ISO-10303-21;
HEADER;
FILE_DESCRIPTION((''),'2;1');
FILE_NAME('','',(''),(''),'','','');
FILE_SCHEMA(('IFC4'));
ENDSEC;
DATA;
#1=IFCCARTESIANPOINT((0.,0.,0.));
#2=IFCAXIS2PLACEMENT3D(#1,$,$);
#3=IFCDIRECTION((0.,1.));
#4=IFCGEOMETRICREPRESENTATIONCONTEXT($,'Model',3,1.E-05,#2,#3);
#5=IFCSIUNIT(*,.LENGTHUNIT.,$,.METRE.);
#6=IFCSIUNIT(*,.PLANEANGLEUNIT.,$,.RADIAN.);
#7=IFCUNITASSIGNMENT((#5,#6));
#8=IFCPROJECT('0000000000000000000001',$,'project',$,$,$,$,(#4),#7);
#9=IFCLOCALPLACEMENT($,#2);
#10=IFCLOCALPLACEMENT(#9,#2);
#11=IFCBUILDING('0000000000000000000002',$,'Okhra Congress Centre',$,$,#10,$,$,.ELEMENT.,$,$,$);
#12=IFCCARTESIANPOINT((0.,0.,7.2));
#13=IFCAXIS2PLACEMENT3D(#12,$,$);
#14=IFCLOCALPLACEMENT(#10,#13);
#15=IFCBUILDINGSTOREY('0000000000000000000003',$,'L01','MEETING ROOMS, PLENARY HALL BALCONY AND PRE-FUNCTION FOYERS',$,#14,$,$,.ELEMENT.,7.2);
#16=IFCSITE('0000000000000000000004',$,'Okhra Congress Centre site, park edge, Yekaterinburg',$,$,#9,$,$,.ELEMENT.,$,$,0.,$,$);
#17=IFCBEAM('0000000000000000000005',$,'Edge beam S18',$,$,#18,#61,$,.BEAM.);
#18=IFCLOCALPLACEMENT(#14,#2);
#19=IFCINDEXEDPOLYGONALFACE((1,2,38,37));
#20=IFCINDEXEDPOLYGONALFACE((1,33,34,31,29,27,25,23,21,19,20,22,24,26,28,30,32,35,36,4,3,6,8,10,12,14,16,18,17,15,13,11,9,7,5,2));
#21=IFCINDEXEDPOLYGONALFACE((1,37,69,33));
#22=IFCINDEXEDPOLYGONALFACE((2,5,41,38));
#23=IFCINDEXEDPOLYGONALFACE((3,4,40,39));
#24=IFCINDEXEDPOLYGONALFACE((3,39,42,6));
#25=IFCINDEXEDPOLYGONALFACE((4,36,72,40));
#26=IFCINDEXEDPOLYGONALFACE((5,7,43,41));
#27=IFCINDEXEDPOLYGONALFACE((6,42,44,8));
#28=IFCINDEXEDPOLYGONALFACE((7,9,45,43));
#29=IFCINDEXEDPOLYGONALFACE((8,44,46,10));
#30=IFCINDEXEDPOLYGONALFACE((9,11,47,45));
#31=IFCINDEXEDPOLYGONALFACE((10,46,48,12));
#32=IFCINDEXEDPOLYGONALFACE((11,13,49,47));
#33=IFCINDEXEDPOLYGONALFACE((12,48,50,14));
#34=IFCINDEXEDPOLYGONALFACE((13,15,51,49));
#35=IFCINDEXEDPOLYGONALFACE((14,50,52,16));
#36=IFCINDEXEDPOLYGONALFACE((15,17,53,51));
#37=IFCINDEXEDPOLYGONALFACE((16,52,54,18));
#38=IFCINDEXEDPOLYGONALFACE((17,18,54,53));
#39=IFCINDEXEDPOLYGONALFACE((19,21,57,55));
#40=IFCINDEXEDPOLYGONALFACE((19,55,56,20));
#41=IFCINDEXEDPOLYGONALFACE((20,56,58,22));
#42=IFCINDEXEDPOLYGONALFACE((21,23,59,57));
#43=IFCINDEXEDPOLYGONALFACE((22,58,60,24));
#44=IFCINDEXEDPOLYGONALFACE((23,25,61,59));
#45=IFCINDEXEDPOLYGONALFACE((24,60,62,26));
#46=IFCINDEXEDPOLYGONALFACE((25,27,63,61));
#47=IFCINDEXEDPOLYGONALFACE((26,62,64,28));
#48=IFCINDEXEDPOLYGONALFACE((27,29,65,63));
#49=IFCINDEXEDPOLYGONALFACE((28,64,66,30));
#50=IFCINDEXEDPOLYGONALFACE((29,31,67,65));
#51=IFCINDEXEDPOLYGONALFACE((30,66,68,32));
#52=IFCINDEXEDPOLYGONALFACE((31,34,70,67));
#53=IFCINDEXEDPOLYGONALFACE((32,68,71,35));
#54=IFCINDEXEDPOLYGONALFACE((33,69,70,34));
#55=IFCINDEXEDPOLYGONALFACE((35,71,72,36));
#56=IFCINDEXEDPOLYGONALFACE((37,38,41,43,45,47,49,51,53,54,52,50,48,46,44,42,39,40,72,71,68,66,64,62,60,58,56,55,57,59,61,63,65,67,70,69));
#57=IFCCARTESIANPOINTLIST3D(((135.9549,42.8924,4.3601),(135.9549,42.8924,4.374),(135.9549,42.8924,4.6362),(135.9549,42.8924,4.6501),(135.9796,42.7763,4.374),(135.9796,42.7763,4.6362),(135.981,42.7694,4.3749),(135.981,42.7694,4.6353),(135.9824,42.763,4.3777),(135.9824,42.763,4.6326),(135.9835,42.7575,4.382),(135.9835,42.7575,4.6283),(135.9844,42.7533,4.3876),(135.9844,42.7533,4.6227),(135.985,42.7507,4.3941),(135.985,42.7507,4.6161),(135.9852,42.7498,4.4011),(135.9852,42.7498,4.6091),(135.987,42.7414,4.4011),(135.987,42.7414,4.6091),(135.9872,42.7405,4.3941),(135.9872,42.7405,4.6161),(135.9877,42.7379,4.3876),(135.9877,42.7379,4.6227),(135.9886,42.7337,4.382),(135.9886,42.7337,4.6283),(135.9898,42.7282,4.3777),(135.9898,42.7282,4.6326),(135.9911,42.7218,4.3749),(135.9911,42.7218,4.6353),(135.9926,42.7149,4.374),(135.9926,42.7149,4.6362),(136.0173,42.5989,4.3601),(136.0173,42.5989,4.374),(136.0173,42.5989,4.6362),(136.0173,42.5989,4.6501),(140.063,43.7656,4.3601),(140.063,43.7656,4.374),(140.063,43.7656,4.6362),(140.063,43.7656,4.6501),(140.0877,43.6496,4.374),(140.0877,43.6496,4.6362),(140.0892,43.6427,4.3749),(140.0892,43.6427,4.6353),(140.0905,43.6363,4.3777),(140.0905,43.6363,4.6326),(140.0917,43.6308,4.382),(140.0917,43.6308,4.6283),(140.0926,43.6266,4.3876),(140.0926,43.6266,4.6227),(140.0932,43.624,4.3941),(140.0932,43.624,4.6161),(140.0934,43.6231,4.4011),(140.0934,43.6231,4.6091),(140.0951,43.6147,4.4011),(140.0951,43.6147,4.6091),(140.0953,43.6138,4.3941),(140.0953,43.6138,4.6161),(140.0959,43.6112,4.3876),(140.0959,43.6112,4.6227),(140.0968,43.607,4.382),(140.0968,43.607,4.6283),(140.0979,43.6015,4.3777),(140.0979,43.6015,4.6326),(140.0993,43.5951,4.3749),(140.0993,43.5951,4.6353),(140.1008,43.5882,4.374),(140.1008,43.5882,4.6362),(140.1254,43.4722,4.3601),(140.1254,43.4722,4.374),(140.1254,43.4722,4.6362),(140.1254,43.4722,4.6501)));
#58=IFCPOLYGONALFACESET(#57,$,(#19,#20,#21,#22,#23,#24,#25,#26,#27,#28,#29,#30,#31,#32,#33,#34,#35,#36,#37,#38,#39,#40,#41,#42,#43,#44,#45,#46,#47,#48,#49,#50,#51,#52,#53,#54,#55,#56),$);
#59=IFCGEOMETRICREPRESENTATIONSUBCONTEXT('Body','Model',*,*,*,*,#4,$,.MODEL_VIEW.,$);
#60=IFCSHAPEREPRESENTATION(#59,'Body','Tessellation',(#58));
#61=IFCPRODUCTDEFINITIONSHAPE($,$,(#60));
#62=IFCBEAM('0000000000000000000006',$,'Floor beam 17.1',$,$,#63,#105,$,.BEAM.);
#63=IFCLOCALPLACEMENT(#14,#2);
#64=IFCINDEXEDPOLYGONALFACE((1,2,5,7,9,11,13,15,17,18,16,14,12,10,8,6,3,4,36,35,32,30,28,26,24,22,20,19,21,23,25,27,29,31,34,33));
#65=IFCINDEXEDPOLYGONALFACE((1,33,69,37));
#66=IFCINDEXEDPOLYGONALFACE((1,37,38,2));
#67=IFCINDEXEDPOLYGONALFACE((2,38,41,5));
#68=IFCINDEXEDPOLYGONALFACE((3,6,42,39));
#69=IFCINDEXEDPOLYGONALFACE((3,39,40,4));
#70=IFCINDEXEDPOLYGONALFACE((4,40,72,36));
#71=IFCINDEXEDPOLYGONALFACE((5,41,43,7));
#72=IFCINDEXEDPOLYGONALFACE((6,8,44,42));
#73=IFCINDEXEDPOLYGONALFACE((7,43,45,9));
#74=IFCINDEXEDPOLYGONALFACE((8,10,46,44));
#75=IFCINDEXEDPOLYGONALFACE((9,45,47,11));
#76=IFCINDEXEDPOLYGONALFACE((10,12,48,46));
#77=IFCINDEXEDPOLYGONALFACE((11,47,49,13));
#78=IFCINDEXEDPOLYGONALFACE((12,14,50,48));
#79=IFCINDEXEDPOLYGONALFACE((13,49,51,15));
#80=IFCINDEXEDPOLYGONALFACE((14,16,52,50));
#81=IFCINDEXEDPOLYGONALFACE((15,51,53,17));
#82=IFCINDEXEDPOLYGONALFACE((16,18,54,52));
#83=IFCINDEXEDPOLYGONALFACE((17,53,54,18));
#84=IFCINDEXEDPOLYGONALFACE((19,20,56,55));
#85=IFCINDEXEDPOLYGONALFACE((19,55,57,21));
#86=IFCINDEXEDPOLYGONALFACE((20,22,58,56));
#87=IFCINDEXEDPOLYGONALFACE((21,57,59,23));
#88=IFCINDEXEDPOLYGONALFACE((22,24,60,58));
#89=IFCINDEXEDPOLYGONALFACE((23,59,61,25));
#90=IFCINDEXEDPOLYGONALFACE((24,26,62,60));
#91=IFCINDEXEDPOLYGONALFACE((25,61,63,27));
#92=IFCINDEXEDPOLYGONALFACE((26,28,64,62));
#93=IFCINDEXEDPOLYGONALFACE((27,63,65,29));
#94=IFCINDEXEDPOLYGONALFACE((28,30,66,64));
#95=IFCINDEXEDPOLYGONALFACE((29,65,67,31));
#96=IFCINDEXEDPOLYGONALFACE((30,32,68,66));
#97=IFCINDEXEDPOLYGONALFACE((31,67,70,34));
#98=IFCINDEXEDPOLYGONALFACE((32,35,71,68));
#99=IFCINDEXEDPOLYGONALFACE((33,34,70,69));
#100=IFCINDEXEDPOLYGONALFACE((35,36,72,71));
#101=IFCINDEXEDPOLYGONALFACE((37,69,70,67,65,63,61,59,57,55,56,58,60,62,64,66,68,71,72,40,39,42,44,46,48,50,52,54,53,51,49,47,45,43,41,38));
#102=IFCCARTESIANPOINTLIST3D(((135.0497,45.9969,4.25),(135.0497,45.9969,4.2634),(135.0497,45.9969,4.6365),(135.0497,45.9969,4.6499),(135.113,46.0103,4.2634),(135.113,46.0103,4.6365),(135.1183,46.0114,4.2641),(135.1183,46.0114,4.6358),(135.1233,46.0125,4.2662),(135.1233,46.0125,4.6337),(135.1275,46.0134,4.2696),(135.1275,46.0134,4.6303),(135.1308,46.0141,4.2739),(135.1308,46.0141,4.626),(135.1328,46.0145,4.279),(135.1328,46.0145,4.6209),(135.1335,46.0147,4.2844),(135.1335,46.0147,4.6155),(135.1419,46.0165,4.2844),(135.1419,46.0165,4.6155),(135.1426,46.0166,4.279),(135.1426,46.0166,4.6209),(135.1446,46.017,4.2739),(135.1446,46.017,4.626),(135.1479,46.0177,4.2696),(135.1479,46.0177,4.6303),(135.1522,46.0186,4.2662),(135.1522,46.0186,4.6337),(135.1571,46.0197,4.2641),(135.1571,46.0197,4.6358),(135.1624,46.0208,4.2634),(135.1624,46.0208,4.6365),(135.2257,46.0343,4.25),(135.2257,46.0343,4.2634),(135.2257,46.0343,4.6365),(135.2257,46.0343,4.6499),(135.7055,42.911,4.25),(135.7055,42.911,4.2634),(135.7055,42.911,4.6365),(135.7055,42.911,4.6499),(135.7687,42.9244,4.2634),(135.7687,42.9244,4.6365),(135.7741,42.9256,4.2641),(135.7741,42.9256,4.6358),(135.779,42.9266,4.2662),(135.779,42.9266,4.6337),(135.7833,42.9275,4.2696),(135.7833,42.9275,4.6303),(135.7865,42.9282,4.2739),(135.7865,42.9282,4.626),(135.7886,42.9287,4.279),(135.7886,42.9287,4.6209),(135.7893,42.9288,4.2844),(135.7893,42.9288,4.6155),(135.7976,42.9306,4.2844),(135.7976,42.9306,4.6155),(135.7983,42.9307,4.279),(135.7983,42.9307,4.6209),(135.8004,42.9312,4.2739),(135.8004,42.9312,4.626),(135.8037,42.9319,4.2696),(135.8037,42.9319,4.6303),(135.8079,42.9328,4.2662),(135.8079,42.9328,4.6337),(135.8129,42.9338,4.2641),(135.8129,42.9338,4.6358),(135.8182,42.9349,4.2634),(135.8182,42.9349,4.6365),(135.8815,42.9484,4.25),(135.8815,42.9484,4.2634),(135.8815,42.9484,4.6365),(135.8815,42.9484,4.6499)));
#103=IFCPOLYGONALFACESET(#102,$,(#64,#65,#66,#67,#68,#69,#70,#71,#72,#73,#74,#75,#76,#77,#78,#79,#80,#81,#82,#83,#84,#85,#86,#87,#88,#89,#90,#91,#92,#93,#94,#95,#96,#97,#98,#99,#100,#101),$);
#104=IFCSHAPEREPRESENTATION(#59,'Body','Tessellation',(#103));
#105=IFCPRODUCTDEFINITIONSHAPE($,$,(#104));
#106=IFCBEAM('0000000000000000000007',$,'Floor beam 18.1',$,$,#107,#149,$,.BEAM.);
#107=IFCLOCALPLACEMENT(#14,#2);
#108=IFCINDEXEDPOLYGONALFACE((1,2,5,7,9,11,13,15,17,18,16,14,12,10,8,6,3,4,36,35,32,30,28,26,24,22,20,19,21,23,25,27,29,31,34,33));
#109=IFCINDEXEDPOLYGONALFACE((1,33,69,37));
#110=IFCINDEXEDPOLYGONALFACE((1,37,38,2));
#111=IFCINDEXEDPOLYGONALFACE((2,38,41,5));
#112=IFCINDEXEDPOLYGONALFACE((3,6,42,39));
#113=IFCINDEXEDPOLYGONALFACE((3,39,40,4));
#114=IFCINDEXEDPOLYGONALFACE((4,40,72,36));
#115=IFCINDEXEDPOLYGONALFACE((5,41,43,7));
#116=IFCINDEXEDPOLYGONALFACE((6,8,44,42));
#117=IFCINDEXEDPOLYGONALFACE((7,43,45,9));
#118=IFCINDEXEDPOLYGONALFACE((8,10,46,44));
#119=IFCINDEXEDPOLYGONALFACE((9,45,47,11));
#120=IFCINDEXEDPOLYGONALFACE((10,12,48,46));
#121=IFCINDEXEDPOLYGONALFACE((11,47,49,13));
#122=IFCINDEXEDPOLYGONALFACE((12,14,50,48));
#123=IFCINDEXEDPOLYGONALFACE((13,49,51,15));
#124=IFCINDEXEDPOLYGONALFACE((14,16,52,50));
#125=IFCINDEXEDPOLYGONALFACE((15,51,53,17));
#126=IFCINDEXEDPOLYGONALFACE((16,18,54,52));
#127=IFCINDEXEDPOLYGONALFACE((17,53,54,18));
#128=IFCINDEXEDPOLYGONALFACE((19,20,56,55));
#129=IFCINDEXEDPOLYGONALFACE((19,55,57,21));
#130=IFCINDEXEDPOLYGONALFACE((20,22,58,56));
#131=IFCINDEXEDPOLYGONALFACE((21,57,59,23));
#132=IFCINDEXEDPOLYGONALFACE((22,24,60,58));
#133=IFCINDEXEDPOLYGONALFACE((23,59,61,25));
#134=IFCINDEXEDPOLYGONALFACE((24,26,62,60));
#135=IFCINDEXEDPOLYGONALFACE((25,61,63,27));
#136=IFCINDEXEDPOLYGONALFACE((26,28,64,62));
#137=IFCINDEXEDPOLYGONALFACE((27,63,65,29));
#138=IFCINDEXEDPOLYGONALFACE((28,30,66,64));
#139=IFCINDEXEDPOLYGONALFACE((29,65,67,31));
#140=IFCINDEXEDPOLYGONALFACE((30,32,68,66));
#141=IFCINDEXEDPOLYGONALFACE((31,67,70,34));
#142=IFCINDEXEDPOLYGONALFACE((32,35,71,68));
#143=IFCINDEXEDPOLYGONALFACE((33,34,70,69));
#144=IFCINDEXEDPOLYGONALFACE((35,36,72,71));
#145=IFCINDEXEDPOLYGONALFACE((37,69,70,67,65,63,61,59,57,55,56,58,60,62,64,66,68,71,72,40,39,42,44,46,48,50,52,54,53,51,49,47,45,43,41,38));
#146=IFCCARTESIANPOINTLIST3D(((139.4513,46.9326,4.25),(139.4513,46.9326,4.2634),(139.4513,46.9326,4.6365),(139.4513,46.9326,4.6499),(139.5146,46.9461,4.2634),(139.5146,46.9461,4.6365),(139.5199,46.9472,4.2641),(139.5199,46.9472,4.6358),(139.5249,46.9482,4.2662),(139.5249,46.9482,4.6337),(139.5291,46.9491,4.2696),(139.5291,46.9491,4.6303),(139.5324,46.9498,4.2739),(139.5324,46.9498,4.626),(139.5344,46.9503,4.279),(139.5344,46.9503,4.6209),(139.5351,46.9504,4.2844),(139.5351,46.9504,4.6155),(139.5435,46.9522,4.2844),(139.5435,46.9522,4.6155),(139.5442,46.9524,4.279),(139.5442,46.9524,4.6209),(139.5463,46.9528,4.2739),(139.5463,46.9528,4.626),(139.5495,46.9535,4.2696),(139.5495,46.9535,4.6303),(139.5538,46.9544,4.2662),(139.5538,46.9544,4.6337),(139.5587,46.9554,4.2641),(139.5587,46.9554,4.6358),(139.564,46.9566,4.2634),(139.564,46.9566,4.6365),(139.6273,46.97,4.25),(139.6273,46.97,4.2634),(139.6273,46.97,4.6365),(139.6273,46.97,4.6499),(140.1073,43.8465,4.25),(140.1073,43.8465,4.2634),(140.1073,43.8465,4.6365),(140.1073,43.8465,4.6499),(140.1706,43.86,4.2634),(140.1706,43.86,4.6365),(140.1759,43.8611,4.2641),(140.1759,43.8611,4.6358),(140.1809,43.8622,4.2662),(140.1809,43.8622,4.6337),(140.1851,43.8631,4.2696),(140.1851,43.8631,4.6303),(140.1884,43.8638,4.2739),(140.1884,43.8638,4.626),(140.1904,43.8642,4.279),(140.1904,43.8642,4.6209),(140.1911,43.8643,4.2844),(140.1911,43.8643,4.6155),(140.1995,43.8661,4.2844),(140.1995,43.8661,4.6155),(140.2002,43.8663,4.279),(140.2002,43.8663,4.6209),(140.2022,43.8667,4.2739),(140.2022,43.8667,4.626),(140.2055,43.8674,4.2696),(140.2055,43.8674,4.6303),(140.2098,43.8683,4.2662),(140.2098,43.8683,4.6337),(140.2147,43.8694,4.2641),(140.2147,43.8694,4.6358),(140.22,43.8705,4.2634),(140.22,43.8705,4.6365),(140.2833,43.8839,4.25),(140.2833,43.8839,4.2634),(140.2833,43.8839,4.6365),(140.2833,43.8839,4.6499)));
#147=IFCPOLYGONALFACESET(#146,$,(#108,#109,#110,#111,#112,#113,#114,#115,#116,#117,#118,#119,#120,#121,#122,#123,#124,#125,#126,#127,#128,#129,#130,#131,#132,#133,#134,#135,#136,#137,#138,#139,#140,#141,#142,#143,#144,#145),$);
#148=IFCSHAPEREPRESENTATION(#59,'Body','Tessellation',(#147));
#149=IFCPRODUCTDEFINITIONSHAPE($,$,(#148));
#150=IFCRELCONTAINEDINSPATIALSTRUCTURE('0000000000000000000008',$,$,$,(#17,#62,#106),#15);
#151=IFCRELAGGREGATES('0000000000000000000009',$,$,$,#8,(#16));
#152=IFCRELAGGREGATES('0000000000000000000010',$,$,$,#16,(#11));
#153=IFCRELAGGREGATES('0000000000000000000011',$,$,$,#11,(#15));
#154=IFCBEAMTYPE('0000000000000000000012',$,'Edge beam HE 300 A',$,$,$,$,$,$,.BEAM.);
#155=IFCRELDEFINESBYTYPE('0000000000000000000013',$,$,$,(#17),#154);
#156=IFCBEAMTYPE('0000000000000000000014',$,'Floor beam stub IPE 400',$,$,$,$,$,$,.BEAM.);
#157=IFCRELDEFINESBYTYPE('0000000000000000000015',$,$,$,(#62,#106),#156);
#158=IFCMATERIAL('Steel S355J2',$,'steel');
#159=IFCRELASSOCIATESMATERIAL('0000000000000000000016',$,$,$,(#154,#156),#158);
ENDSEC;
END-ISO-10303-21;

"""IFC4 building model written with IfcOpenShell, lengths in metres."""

from ifc_helpers import new_model, si_unit, direction, frame, origin, origin_2d, place, context, subcontext, project, spatial, i_section, extrude, material, material_profile, profile_set, type_object, element, save


model = new_model("IFC4")

# Units and contexts
model_context = context("Model", 3, precision=1e-05, world=origin(), true_north=direction((0.0, 1.0)))
body_context = subcontext(model_context, "Body", "Model", "MODEL_VIEW")
ifc_project = project(units=[si_unit("LENGTHUNIT", "METRE"), si_unit("PLANEANGLEUNIT", "RADIAN")], contexts=[model_context])

# Site, building, storey
site_placement = place(None, origin())
site = spatial("IfcSite", under=ifc_project, at=site_placement, Name="Okhra Congress Centre site, park edge, Yekaterinburg", CompositionType="ELEMENT", RefElevation=0.0)
building_placement = place(site_placement, origin())
building = spatial("IfcBuilding", under=site, at=building_placement, Name="Okhra Congress Centre", CompositionType="ELEMENT")
storey_placement = place(building_placement, frame((0.0, 0.0, 7.2)))
storey = spatial("IfcBuildingStorey", under=building, at=storey_placement, Name="L01", Description="MEETING ROOMS, PLENARY HALL BALCONY AND PRE-FUNCTION FOYERS", CompositionType="ELEMENT", Elevation=7.2)

# Shared definitions
ifc_material_1 = material(Name="Steel S355J2", Category="steel")

# Beams
ifc_material_profile_1 = material_profile(ifc_material_1, i_section(OverallWidth=0.3, OverallDepth=0.29, WebThickness=0.0085, FlangeThickness=0.0139, FilletRadius=0.0271, at=origin_2d()), Name="HE 300 A")
ifc_profile_set_1 = profile_set([ifc_material_profile_1], Name="Steel S355J2")
beam_type_1 = type_object("IfcBeamType", Name="Edge beam HE 300 A", PredefinedType="BEAM", material=ifc_profile_set_1)
beam_1_placement = place(storey_placement, frame((135.9861, 42.7456, 4.5051), z_axis=(0.978144, 0.207929, 0.0), x_axis=(-0.207929, 0.978144, 0.0)))
element("IfcBeam", 1, at=beam_1_placement, inside=storey, type_object=beam_type_1, Name="Edge beam S18", PredefinedType="BEAM", context=body_context, shape_type="SweptSolid", body=[
    extrude(i_section(OverallWidth=0.3, OverallDepth=0.29, WebThickness=0.0085, FlangeThickness=0.0139, FilletRadius=0.0271, at=origin_2d()), origin(), (0.0, 0.0, 1.0), 4.2),
])
ifc_material_profile_2 = material_profile(ifc_material_1, i_section(OverallWidth=0.1799, OverallDepth=0.3999, WebThickness=0.0085, FlangeThickness=0.0134, FilletRadius=0.021, at=origin_2d()), Name="IPE 400")
ifc_profile_set_2 = profile_set([ifc_material_profile_2], Name="Steel S355J2")
beam_type_2 = type_object("IfcBeamType", Name="Floor beam stub IPE 400", PredefinedType="BEAM", material=ifc_profile_set_2)
beam_2_placement = place(storey_placement, frame((135.7935, 42.9297, 4.45), z_axis=(-0.207859, 0.978159, 0.0), x_axis=(-0.978159, -0.207859, 0.0)))
element("IfcBeam", 2, at=beam_2_placement, inside=storey, type_object=beam_type_2, Name="Floor beam 17.1", PredefinedType="BEAM", context=body_context, shape_type="SweptSolid", body=[
    extrude(i_section(OverallWidth=0.1799, OverallDepth=0.3999, WebThickness=0.0085, FlangeThickness=0.0134, FilletRadius=0.021, at=origin_2d()), origin(), (0.0, 0.0, 1.0), 3.1548),
])
beam_3_placement = place(storey_placement, frame((140.1953, 43.8652, 4.45), z_axis=(-0.207917, 0.978146, 0.0), x_axis=(-0.978146, -0.207917, 0.0)))
element("IfcBeam", 3, at=beam_3_placement, inside=storey, type_object=beam_type_2, Name="Floor beam 18.1", PredefinedType="BEAM", context=body_context, shape_type="SweptSolid", body=[
    extrude(i_section(OverallWidth=0.1799, OverallDepth=0.3999, WebThickness=0.0085, FlangeThickness=0.0134, FilletRadius=0.021, at=origin_2d()), origin(), (0.0, 0.0, 1.0), 3.155),
])

save(model, "model.ifc")
